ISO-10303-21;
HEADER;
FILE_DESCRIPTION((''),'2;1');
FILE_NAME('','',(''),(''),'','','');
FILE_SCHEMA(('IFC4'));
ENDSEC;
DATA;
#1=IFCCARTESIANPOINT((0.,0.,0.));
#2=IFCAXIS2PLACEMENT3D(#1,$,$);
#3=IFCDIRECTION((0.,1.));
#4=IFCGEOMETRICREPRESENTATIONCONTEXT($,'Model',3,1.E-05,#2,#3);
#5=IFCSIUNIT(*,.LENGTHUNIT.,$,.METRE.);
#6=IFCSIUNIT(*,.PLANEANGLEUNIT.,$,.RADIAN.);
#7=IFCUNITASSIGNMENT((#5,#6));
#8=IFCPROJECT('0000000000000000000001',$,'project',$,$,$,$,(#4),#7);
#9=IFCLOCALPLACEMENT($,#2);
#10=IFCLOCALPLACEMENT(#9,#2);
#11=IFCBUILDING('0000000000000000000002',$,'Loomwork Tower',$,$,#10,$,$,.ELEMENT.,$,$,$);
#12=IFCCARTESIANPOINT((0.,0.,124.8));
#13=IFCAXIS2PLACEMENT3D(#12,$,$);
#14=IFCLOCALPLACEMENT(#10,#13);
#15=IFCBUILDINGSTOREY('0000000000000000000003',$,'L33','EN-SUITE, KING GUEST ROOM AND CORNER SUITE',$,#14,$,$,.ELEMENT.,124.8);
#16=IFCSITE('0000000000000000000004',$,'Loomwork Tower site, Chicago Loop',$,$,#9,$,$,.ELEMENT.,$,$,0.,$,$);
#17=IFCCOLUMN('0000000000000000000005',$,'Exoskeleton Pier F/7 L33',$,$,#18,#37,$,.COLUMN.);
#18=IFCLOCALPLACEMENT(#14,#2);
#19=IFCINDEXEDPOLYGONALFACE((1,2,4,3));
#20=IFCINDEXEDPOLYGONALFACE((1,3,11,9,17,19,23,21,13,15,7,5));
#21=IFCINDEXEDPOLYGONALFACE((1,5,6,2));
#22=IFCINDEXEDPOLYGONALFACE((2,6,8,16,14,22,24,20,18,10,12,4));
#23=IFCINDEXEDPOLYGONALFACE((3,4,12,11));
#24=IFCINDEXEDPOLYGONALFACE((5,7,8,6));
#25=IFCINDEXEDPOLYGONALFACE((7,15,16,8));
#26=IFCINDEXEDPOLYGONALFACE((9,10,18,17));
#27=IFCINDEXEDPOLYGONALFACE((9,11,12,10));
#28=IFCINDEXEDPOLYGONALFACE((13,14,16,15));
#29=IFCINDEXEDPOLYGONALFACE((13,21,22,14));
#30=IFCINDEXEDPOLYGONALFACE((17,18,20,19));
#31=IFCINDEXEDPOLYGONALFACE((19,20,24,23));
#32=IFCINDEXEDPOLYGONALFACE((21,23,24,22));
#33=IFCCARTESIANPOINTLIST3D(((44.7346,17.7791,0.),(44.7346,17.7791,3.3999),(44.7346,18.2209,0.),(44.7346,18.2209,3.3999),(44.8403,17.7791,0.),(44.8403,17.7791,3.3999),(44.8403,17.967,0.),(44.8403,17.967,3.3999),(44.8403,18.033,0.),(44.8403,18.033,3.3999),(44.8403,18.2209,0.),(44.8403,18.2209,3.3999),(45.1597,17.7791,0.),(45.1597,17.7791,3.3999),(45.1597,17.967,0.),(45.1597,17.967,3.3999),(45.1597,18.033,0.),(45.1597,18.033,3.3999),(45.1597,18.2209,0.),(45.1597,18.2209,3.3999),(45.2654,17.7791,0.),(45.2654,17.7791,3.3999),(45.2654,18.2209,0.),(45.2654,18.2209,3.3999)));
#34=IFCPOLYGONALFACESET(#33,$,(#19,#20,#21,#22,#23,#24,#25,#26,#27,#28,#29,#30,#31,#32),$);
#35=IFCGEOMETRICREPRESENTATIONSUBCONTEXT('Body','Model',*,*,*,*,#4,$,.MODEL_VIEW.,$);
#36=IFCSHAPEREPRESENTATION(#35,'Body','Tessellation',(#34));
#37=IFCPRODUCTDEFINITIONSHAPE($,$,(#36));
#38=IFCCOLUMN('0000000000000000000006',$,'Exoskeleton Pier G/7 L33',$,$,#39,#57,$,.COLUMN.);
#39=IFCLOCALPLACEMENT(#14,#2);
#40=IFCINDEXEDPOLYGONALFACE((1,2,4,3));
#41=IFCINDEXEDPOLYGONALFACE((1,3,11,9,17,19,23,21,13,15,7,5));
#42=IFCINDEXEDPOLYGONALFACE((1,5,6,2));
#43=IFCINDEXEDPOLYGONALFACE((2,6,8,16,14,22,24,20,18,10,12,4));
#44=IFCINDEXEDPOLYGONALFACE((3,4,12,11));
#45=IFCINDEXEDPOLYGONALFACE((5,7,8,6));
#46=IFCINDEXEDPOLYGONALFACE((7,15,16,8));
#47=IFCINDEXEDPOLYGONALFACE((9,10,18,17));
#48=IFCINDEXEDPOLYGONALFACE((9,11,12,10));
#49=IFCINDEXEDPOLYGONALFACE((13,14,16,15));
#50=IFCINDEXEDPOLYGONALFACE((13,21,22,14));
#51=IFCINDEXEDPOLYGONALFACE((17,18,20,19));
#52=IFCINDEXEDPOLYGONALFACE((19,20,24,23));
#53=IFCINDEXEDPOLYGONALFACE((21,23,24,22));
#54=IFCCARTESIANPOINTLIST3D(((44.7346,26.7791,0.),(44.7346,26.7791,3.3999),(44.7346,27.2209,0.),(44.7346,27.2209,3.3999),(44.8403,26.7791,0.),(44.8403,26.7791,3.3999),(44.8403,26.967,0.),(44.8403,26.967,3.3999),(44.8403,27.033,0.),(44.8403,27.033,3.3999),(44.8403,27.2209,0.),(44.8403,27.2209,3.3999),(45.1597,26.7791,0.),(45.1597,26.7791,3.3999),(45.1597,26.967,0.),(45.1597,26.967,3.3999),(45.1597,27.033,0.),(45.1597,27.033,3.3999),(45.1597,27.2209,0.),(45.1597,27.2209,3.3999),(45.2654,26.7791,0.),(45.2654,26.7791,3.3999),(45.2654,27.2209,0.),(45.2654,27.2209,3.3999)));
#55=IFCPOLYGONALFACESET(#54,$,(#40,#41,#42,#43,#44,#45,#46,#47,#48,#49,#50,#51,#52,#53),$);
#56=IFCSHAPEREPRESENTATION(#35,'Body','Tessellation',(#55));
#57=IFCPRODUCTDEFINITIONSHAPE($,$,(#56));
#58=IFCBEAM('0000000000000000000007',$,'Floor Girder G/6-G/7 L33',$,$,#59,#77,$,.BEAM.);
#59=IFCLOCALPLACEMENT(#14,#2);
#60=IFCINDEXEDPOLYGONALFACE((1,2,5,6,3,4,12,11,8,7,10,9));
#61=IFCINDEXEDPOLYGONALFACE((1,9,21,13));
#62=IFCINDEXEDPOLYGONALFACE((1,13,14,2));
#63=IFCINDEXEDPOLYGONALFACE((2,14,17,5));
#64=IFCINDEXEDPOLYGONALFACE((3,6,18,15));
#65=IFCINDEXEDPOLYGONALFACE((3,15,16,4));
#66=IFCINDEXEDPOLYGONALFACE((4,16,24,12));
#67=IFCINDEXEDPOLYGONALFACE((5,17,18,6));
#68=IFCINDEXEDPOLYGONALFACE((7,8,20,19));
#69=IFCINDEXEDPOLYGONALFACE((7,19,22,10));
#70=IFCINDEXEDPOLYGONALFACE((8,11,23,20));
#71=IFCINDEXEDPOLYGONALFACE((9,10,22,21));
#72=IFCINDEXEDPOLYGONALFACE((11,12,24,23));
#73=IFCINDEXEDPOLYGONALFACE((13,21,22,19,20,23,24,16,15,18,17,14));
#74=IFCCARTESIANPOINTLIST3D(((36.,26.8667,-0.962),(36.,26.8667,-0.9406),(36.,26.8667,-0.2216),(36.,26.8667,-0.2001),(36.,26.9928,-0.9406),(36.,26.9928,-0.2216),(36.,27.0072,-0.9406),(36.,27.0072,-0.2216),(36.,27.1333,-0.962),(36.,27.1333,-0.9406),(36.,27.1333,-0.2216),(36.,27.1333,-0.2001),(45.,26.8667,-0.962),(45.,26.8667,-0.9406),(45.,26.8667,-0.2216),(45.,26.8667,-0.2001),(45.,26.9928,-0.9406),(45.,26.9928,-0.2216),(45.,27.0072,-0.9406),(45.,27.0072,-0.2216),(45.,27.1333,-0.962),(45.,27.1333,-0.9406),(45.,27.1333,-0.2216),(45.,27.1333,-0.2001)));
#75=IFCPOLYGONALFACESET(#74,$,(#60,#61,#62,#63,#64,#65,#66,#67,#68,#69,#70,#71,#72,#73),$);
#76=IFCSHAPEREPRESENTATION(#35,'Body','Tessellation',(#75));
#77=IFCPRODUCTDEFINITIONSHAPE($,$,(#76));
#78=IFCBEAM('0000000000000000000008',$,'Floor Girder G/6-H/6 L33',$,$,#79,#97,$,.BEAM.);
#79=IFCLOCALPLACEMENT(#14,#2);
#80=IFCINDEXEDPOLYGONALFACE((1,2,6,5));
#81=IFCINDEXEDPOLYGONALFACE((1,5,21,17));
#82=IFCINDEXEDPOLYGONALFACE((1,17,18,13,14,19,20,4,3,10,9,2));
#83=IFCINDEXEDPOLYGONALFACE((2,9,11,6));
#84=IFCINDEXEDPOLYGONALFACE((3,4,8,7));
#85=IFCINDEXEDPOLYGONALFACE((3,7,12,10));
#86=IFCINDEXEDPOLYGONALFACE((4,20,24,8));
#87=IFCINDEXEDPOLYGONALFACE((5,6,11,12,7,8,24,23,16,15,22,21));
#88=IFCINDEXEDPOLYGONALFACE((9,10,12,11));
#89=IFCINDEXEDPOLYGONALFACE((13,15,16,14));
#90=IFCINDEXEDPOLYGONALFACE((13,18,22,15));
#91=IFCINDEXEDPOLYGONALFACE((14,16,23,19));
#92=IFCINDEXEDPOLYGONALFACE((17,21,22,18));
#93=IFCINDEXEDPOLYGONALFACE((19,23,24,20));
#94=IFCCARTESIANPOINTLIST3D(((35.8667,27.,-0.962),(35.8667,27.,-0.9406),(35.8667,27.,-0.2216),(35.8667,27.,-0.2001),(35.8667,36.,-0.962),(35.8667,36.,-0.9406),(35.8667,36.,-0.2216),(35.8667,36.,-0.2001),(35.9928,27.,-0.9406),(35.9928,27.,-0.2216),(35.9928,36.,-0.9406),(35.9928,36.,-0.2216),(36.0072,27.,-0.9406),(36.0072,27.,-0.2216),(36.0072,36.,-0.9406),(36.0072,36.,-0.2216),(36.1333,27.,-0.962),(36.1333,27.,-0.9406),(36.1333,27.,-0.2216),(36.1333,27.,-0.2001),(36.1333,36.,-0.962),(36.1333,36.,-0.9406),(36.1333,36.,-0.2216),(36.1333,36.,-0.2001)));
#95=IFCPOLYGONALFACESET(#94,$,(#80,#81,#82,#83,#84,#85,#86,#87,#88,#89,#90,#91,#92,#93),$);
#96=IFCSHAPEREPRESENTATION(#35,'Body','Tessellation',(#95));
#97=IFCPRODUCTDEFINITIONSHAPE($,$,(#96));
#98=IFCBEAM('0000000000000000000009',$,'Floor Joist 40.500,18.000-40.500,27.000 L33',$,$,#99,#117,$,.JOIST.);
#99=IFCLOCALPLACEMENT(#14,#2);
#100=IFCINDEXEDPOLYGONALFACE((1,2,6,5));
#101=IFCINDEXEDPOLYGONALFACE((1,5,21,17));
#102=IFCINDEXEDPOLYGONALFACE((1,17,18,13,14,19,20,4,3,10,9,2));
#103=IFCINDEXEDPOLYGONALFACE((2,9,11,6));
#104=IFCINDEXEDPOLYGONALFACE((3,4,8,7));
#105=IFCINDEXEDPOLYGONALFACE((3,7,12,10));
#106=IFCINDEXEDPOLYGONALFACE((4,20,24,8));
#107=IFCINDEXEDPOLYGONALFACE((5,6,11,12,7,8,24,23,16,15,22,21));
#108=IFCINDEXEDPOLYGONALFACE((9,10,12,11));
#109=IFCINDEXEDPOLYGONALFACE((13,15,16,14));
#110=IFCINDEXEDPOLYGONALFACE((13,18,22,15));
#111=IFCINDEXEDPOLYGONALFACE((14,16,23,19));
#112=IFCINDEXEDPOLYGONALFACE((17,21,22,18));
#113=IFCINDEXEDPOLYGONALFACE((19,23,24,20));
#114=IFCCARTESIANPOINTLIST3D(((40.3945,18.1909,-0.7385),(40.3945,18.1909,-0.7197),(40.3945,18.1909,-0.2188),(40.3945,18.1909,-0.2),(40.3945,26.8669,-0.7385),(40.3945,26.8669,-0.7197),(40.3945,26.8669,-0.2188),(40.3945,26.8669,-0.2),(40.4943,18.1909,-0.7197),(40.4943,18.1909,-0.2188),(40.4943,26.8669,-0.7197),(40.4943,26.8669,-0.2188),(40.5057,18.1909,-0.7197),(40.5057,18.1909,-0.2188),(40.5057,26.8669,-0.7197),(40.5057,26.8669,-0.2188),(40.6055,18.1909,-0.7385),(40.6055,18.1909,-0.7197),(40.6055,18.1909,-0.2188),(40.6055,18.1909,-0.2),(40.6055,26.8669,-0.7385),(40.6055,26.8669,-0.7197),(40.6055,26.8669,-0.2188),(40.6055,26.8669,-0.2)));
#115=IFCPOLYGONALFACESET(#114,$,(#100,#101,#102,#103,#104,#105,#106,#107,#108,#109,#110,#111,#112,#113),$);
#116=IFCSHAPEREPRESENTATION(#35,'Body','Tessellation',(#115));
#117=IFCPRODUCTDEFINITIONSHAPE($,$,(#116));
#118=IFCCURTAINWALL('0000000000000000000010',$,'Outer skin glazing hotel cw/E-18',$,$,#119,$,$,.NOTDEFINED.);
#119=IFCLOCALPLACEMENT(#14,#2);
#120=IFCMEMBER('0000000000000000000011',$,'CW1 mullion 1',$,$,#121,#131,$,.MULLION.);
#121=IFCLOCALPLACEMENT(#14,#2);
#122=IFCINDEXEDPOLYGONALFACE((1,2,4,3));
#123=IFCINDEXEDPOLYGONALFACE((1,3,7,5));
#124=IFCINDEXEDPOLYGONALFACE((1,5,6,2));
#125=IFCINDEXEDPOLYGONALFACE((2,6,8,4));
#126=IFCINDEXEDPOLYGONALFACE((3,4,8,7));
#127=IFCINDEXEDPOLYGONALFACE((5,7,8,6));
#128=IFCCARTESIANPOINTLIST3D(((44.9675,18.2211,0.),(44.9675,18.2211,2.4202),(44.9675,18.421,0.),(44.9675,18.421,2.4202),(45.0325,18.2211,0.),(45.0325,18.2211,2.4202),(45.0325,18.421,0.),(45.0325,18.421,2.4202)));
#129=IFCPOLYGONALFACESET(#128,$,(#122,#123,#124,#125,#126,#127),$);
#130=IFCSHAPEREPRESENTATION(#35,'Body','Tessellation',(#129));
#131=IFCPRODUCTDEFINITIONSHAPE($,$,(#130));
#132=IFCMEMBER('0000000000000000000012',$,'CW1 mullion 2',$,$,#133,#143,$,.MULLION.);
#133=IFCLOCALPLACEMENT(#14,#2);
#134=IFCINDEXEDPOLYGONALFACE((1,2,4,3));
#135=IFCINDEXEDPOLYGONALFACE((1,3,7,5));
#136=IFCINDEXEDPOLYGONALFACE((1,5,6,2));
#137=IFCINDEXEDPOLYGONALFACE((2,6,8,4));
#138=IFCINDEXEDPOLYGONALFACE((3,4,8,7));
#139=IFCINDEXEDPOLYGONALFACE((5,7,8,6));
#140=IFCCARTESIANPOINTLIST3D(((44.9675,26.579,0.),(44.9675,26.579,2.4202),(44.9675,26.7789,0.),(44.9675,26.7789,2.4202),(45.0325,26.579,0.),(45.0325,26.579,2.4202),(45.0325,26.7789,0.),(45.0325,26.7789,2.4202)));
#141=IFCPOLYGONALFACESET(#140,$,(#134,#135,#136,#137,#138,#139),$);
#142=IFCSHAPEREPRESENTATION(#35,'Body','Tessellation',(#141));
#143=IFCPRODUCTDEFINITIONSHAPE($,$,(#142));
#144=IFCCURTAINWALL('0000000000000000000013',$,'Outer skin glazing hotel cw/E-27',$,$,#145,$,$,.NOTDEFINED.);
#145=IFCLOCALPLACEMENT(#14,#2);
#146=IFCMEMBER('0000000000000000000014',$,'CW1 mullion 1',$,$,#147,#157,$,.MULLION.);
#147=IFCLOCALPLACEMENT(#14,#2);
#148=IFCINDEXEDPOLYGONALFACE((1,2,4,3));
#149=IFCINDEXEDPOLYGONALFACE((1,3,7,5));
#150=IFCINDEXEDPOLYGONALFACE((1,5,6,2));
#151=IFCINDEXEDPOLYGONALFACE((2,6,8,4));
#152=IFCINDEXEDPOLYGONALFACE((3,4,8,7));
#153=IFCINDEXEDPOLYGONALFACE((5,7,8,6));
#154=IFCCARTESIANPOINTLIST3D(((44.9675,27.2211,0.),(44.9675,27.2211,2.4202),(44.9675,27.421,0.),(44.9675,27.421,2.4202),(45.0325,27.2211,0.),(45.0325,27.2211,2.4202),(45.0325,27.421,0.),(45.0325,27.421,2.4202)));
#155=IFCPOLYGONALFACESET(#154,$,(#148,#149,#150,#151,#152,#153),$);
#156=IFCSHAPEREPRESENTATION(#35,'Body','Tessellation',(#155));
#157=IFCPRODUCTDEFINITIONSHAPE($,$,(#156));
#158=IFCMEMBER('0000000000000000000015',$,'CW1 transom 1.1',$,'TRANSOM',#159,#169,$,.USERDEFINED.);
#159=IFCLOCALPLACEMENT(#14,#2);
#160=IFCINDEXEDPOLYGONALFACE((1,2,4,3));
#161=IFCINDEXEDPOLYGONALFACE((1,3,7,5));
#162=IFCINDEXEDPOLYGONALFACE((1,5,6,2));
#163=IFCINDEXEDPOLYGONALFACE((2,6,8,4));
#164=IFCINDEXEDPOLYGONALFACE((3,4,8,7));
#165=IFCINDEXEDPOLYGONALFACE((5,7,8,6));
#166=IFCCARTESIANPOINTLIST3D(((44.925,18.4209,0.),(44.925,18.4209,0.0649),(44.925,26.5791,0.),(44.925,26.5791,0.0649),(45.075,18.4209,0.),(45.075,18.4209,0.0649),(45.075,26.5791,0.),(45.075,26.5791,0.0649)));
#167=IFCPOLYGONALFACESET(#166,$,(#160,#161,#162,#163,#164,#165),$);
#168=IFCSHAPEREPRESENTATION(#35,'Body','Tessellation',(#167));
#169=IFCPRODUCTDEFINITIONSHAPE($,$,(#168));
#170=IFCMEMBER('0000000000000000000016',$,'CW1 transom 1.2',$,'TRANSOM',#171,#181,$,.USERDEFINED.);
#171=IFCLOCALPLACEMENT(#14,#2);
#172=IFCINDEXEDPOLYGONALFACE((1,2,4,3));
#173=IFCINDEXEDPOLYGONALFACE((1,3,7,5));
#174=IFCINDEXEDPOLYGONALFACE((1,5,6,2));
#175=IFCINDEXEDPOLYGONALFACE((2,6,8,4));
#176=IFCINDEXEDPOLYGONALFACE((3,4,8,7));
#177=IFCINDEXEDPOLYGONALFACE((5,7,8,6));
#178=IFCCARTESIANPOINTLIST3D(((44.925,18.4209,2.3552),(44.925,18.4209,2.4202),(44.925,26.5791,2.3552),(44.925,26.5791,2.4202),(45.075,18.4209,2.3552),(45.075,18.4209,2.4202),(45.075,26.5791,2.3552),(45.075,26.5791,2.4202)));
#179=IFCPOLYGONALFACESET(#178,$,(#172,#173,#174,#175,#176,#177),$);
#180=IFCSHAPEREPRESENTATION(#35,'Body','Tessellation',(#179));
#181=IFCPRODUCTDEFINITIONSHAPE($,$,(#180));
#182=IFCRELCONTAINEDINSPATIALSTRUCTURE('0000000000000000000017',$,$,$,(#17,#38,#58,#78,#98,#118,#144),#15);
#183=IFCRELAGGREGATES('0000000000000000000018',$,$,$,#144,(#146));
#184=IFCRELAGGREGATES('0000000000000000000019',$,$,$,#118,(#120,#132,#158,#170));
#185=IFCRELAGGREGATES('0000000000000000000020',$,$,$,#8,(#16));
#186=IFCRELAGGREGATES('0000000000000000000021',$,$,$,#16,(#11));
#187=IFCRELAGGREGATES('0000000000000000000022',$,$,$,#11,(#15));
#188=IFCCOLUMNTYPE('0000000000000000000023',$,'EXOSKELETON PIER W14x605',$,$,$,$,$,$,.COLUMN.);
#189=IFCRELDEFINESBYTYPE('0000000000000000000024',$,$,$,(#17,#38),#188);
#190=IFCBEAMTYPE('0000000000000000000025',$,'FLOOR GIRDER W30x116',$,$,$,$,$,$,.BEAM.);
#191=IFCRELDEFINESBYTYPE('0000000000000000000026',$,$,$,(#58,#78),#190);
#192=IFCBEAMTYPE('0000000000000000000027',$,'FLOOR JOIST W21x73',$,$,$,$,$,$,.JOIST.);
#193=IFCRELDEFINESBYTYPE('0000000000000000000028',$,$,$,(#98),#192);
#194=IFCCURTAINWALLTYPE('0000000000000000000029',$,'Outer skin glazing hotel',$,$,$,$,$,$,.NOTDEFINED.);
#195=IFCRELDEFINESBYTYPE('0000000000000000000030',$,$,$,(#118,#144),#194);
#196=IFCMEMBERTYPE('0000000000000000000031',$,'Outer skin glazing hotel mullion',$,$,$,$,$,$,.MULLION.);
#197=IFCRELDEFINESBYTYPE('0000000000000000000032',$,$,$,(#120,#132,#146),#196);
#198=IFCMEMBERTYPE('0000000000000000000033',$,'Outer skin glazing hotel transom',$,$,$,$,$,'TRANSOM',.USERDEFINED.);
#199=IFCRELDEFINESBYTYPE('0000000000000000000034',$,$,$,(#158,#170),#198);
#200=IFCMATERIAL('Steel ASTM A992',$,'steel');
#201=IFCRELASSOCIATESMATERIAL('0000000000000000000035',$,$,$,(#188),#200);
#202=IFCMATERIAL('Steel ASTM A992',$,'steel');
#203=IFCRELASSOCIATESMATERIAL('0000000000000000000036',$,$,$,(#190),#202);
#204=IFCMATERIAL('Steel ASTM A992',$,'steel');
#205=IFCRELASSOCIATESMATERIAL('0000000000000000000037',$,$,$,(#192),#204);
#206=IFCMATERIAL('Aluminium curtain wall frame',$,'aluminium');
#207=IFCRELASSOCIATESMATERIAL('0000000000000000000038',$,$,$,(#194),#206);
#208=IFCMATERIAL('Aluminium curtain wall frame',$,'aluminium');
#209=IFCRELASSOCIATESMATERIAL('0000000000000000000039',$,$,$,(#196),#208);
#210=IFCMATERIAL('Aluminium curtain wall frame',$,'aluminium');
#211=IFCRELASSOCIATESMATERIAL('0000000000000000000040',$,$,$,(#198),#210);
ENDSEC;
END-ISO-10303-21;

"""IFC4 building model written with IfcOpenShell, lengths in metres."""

from ifc_helpers import new_model, si_unit, direction, frame, origin, origin_2d, place, context, subcontext, project, spatial, rectangle, i_section, extrude, material, material_profile, profile_set, type_object, element, aggregate, save


model = new_model("IFC4")

# Units and contexts
model_context = context("Model", 3, precision=1e-05, world=origin(), true_north=direction((0.0, 1.0)))
body_context = subcontext(model_context, "Body", "Model", "MODEL_VIEW")
ifc_project = project(units=[si_unit("LENGTHUNIT", "METRE"), si_unit("PLANEANGLEUNIT", "RADIAN")], contexts=[model_context])

# Site, building, storey
site_placement = place(None, origin())
site = spatial("IfcSite", under=ifc_project, at=site_placement, Name="Loomwork Tower site, Chicago Loop", CompositionType="ELEMENT", RefElevation=0.0)
building_placement = place(site_placement, origin())
building = spatial("IfcBuilding", under=site, at=building_placement, Name="Loomwork Tower", CompositionType="ELEMENT")
storey_placement = place(building_placement, frame((0.0, 0.0, 124.8)))
storey = spatial("IfcBuildingStorey", under=building, at=storey_placement, Name="L33", Description="EN-SUITE, KING GUEST ROOM AND CORNER SUITE", CompositionType="ELEMENT", Elevation=124.8)

# Columns
ifc_material_1 = material(Name="Steel ASTM A992", Category="steel")
ifc_material_profile_1 = material_profile(ifc_material_1, i_section(OverallWidth=0.4419, OverallDepth=0.5308, WebThickness=0.0659, FlangeThickness=0.1057, at=origin_2d()), Name="W14x605")
ifc_profile_set_1 = profile_set([ifc_material_profile_1], Name="Steel ASTM A992")
column_type = type_object("IfcColumnType", Name="EXOSKELETON PIER W14x605", PredefinedType="COLUMN", material=ifc_profile_set_1)
for number, where, z_axis, x_axis, name in (
    (1, (45.0, 18.0, 0.0), (0.0, 0.0, 1.0), (0.0, 1.0, 0.0), "Exoskeleton Pier F/7 L33"),
    (2, (45.0, 27.0, 0.0), (0.0, 0.0, 1.0), (0.0, 1.0, 0.0), "Exoskeleton Pier G/7 L33"),
):
    element("IfcColumn", number, at=place(storey_placement, frame(where, z_axis=z_axis, x_axis=x_axis)), inside=storey, type_object=column_type, Name=name, PredefinedType="COLUMN", context=body_context, shape_type="SweptSolid", body=[
        extrude(i_section(OverallWidth=0.4419, OverallDepth=0.5308, WebThickness=0.0659, FlangeThickness=0.1057, at=origin_2d()), origin(), (0.0, 0.0, 1.0), 3.3999),
    ])

# Beams
ifc_material_2 = material(Name="Steel ASTM A992", Category="steel")
ifc_material_profile_2 = material_profile(ifc_material_2, i_section(OverallWidth=0.2666, OverallDepth=0.762, WebThickness=0.0144, FlangeThickness=0.0215, at=origin_2d()), Name="W30x116")
ifc_profile_set_2 = profile_set([ifc_material_profile_2], Name="Steel ASTM A992")
beam_type_1 = type_object("IfcBeamType", Name="FLOOR GIRDER W30x116", PredefinedType="BEAM", material=ifc_profile_set_2)
for number, where, z_axis, x_axis, name in (
    (3, (36.0, 27.0, -0.5811), (1.0, 0.0, 0.0), (0.0, 1.0, 0.0), "Floor Girder G/6-G/7 L33"),
    (4, (36.0, 27.0, -0.5811), (0.0, 1.0, 0.0), (-1.0, 0.0, 0.0), "Floor Girder G/6-H/6 L33"),
):
    element("IfcBeam", number, at=place(storey_placement, frame(where, z_axis=z_axis, x_axis=x_axis)), inside=storey, type_object=beam_type_1, Name=name, PredefinedType="BEAM", context=body_context, shape_type="SweptSolid", body=[
        extrude(i_section(OverallWidth=0.2666, OverallDepth=0.762, WebThickness=0.0144, FlangeThickness=0.0215, at=origin_2d()), origin(), (0.0, 0.0, 1.0), 9.0),
    ])
ifc_material_3 = material(Name="Steel ASTM A992", Category="steel")
ifc_material_profile_3 = material_profile(ifc_material_3, i_section(OverallWidth=0.2109, OverallDepth=0.5386, WebThickness=0.0115, FlangeThickness=0.0188, at=origin_2d()), Name="W21x73")
ifc_profile_set_3 = profile_set([ifc_material_profile_3], Name="Steel ASTM A992")
beam_type_2 = type_object("IfcBeamType", Name="FLOOR JOIST W21x73", PredefinedType="JOIST", material=ifc_profile_set_3)
beam_placement = place(storey_placement, frame((40.5, 18.1909, -0.4692), z_axis=(0.0, 1.0, 0.0), x_axis=(-1.0, 0.0, 0.0)))
element("IfcBeam", 5, at=beam_placement, inside=storey, type_object=beam_type_2, Name="Floor Joist 40.500,18.000-40.500,27.000 L33", PredefinedType="JOIST", context=body_context, shape_type="SweptSolid", body=[
    extrude(i_section(OverallWidth=0.2109, OverallDepth=0.5386, WebThickness=0.0115, FlangeThickness=0.0188, at=origin_2d()), origin(), (0.0, 0.0, 1.0), 8.676),
])

# Curtain wall, members
ifc_material_4 = material(Name="Aluminium curtain wall frame", Category="aluminium")
curtain_wall_type = type_object("IfcCurtainWallType", Name="Outer skin glazing hotel", PredefinedType="NOTDEFINED", material=ifc_material_4)
curtain_wall_1_placement = place(storey_placement, origin())
curtain_wall_1 = element("IfcCurtainWall", 6, at=curtain_wall_1_placement, inside=storey, type_object=curtain_wall_type, Name="Outer skin glazing hotel cw/E-18", PredefinedType="NOTDEFINED")
ifc_material_5 = material(Name="Aluminium curtain wall frame", Category="aluminium")
ifc_material_profile_4 = material_profile(ifc_material_5, rectangle(XDim=0.0649, YDim=0.2, at=origin_2d()), Name="AL 65x200")
ifc_profile_set_4 = profile_set([ifc_material_profile_4], Name="Aluminium curtain wall frame")
member_type_1 = type_object("IfcMemberType", Name="Outer skin glazing hotel mullion", PredefinedType="MULLION", material=ifc_profile_set_4)
member_1_placement = place(storey_placement, frame((45.0, 18.321, 0.0), z_axis=(0.0, 0.0, 1.0), x_axis=(-1.0, 0.0, 0.0)))
member_1 = element("IfcMember", 7, at=member_1_placement, type_object=member_type_1, Name="CW1 mullion 1", PredefinedType="MULLION", context=body_context, shape_type="SweptSolid", body=[
    extrude(rectangle(XDim=0.0649, YDim=0.2, at=origin_2d()), origin(), (0.0, 0.0, 1.0), 2.4202),
])
member_2_placement = place(storey_placement, frame((45.0, 26.679, 0.0), z_axis=(0.0, 0.0, 1.0), x_axis=(-1.0, 0.0, 0.0)))
member_2 = element("IfcMember", 8, at=member_2_placement, type_object=member_type_1, Name="CW1 mullion 2", PredefinedType="MULLION", context=body_context, shape_type="SweptSolid", body=[
    extrude(rectangle(XDim=0.0649, YDim=0.2, at=origin_2d()), origin(), (0.0, 0.0, 1.0), 2.4202),
])

# Curtain wall, member
curtain_wall_2_placement = place(storey_placement, origin())
curtain_wall_2 = element("IfcCurtainWall", 9, at=curtain_wall_2_placement, inside=storey, type_object=curtain_wall_type, Name="Outer skin glazing hotel cw/E-27", PredefinedType="NOTDEFINED")
member_3_placement = place(storey_placement, frame((45.0, 27.321, 0.0), z_axis=(0.0, 0.0, 1.0), x_axis=(-1.0, 0.0, 0.0)))
member_3 = element("IfcMember", 10, at=member_3_placement, type_object=member_type_1, Name="CW1 mullion 1", PredefinedType="MULLION", context=body_context, shape_type="SweptSolid", body=[
    extrude(rectangle(XDim=0.0649, YDim=0.2, at=origin_2d()), origin(), (0.0, 0.0, 1.0), 2.4202),
])
aggregate(curtain_wall_2, [member_3])

# Members
ifc_material_6 = material(Name="Aluminium curtain wall frame", Category="aluminium")
ifc_material_profile_5 = material_profile(ifc_material_6, rectangle(XDim=0.1499, YDim=0.0649, at=origin_2d()), Name="AL 65x150")
ifc_profile_set_5 = profile_set([ifc_material_profile_5], Name="Aluminium curtain wall frame")
member_type_2 = type_object("IfcMemberType", Name="Outer skin glazing hotel transom", ElementType="TRANSOM", PredefinedType="USERDEFINED", material=ifc_profile_set_5)
member_4_placement = place(storey_placement, frame((45.0, 18.4209, 0.0325), z_axis=(0.0, 1.0, 0.0), x_axis=(-1.0, 0.0, 0.0)))
member_4 = element("IfcMember", 11, at=member_4_placement, type_object=member_type_2, Name="CW1 transom 1.1", ObjectType="TRANSOM", PredefinedType="USERDEFINED", context=body_context, shape_type="SweptSolid", body=[
    extrude(rectangle(XDim=0.1499, YDim=0.0649, at=origin_2d()), origin(), (0.0, 0.0, 1.0), 8.1582),
])
member_5_placement = place(storey_placement, frame((45.0, 18.4209, 2.3877), z_axis=(0.0, 1.0, 0.0), x_axis=(-1.0, 0.0, 0.0)))
member_5 = element("IfcMember", 12, at=member_5_placement, type_object=member_type_2, Name="CW1 transom 1.2", ObjectType="TRANSOM", PredefinedType="USERDEFINED", context=body_context, shape_type="SweptSolid", body=[
    extrude(rectangle(XDim=0.1499, YDim=0.0649, at=origin_2d()), origin(), (0.0, 0.0, 1.0), 8.1582),
])

aggregate(curtain_wall_1, [member_1, member_2, member_4, member_5])

save(model, "model.ifc")
